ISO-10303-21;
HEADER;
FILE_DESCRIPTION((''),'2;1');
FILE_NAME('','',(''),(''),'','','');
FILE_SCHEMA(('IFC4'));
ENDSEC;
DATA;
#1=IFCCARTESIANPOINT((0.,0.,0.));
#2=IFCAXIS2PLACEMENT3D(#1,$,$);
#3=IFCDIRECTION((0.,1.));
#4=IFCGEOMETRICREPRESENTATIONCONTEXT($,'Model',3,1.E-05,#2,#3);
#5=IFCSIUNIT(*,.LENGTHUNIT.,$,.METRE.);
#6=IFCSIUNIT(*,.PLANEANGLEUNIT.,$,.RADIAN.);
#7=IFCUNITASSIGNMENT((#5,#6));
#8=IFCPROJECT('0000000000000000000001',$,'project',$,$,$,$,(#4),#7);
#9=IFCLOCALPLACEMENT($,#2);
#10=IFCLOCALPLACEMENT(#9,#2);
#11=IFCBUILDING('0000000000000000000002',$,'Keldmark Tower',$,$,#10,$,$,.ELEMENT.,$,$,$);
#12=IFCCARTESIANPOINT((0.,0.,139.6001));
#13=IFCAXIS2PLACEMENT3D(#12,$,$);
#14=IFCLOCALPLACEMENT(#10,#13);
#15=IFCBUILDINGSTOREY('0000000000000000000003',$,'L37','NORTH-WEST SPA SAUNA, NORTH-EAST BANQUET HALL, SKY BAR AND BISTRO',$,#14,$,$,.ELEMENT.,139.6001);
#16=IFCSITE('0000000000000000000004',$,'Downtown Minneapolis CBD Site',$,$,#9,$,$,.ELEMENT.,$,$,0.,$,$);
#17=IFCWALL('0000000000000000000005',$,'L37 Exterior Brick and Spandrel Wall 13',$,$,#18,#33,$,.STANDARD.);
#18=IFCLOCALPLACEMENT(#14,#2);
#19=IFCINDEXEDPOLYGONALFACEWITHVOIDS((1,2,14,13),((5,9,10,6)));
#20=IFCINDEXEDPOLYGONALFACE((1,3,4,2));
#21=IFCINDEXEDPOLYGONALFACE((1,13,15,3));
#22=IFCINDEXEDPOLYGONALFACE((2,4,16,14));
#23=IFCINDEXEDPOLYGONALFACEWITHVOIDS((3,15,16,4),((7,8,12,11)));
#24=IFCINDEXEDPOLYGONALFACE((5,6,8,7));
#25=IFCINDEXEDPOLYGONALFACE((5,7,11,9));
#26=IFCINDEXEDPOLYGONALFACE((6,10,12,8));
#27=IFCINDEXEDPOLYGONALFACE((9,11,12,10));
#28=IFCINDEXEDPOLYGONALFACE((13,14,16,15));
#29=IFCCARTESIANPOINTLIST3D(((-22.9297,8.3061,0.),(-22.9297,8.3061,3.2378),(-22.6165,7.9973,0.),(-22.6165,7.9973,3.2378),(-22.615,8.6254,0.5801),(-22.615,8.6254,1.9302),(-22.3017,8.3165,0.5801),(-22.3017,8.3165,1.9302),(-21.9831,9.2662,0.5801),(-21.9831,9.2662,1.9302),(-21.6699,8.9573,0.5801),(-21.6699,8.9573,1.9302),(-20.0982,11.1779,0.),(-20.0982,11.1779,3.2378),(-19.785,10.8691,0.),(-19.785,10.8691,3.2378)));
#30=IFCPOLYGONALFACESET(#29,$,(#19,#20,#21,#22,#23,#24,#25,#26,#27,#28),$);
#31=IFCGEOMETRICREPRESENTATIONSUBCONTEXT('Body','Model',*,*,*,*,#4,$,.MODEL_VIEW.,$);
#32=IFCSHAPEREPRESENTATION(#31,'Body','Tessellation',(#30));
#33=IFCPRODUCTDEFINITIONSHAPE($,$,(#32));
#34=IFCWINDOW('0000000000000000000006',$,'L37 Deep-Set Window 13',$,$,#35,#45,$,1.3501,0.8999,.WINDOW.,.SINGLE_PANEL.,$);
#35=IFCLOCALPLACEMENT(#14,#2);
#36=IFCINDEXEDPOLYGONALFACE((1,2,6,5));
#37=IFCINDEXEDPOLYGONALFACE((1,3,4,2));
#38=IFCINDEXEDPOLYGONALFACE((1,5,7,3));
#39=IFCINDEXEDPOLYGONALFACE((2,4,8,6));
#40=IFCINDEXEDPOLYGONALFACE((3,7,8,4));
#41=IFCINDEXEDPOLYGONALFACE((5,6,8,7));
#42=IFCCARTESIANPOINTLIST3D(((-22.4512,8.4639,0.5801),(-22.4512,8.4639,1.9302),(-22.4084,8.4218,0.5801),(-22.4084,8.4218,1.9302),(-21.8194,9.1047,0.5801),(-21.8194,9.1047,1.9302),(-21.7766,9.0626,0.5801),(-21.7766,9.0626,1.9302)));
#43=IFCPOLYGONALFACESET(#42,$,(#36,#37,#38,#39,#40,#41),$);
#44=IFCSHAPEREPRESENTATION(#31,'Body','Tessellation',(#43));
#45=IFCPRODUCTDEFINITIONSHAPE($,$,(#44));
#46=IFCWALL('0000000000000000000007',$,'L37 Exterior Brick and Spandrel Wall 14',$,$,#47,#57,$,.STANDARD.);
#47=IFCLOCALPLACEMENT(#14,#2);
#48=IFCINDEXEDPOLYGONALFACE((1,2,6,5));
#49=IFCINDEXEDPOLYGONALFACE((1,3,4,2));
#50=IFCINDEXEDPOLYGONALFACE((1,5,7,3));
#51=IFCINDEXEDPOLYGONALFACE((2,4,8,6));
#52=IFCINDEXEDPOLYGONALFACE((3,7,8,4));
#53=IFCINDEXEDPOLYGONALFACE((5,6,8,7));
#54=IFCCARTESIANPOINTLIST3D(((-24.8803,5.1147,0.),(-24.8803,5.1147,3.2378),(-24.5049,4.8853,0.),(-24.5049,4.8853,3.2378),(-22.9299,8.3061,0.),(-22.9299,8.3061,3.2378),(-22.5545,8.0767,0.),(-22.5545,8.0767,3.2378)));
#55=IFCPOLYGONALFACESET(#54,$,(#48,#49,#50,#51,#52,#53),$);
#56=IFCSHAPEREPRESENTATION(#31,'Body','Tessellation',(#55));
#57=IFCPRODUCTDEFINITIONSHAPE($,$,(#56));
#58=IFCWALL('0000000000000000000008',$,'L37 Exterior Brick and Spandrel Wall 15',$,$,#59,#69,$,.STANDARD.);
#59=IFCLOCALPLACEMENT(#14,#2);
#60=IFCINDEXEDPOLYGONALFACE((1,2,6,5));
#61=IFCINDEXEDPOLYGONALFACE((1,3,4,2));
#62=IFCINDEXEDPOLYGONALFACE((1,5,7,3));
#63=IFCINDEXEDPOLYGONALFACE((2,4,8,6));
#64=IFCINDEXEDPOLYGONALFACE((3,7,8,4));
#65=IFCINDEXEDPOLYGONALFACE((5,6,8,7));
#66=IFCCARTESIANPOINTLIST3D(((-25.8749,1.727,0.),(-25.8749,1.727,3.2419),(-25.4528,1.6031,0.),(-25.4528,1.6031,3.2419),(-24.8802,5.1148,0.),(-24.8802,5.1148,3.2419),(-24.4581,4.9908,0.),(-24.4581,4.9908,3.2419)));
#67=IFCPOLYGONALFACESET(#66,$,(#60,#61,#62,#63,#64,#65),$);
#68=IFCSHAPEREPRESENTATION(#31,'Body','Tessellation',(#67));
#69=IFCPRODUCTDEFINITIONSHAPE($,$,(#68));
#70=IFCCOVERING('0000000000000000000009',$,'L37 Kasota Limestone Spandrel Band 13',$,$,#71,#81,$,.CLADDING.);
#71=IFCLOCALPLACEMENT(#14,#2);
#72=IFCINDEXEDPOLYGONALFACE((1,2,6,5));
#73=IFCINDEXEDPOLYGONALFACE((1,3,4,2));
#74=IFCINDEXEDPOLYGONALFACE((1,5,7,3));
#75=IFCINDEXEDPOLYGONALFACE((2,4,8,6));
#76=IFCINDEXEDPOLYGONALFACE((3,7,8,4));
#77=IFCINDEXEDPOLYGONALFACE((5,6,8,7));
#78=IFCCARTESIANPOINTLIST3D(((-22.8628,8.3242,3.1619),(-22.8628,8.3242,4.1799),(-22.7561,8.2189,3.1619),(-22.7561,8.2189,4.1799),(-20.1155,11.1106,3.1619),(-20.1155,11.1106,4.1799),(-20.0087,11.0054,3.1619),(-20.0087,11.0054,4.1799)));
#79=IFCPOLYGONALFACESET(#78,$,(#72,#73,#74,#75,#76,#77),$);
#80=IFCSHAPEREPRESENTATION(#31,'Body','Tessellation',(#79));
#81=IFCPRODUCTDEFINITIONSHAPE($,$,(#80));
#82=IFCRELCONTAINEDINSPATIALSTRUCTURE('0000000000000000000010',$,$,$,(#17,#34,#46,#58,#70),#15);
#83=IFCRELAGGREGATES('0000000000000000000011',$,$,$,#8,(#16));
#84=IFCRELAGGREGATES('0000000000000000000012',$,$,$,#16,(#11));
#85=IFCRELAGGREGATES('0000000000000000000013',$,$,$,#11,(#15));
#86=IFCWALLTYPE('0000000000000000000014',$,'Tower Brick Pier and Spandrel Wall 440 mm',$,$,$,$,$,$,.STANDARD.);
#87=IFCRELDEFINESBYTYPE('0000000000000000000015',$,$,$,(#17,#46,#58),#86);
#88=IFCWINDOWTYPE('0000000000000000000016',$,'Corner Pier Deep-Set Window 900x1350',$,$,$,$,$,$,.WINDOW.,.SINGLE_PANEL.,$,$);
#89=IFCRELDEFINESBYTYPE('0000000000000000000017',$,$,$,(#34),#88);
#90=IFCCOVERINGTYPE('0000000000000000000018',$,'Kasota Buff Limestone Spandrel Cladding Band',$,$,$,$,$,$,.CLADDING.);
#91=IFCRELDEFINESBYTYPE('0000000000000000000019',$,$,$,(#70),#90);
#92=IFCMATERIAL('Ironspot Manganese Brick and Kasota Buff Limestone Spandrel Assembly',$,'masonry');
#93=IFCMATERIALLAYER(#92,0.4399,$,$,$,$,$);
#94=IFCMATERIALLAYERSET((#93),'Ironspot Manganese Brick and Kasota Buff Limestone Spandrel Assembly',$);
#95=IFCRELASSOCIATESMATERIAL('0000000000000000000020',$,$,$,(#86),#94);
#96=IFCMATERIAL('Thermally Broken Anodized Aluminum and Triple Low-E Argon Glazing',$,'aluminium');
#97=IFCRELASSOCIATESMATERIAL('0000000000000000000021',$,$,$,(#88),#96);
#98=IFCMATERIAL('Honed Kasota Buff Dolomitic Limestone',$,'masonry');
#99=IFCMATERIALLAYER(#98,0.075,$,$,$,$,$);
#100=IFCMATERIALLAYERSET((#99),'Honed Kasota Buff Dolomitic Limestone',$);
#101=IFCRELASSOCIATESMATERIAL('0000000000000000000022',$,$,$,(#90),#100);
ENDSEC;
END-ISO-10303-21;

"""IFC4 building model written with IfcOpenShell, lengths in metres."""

from ifc_helpers import new_model, si_unit, direction, frame, frame_2d, origin, origin_2d, place, context, subcontext, project, spatial, rectangle, extrude, material, layer, layer_set, type_object, element, fill, save


model = new_model("IFC4")

# Units and contexts
model_context = context("Model", 3, precision=1e-05, world=origin(), true_north=direction((0.0, 1.0)))
body_context = subcontext(model_context, "Body", "Model", "MODEL_VIEW")
ifc_project = project(units=[si_unit("LENGTHUNIT", "METRE"), si_unit("PLANEANGLEUNIT", "RADIAN")], contexts=[model_context])

# Site, building, storey
site_placement = place(None, origin())
site = spatial("IfcSite", under=ifc_project, at=site_placement, Name="Downtown Minneapolis CBD Site", CompositionType="ELEMENT", RefElevation=0.0)
building_placement = place(site_placement, origin())
building = spatial("IfcBuilding", under=site, at=building_placement, Name="Keldmark Tower", CompositionType="ELEMENT")
storey_placement = place(building_placement, frame((0.0, 0.0, 139.6001)))
storey = spatial("IfcBuildingStorey", under=building, at=storey_placement, Name="L37", Description="NORTH-WEST SPA SAUNA, NORTH-EAST BANQUET HALL, SKY BAR AND BISTRO", CompositionType="ELEMENT", Elevation=139.6001)

# Wall, opening, window
ifc_material_1 = material(Name="Ironspot Manganese Brick and Kasota Buff Limestone Spandrel Assembly", Category="masonry")
ifc_layer_1 = layer(ifc_material_1, 0.4399)
ifc_layer_set_1 = layer_set([ifc_layer_1], Name="Ironspot Manganese Brick and Kasota Buff Limestone Spandrel Assembly")
wall_type_1 = type_object("IfcWallType", Name="Tower Brick Pier and Spandrel Wall 440 mm", PredefinedType="STANDARD", material=ifc_layer_set_1)
wall_1_placement = place(storey_placement, frame((-22.7732, 8.1516, 0.0), z_axis=(0.0, 0.0, 1.0), x_axis=(0.702095, 0.712083, 0.0)))
wall_1 = element("IfcWall", 1, at=wall_1_placement, inside=storey, type_object=wall_type_1, Name="L37 Exterior Brick and Spandrel Wall 13", PredefinedType="STANDARD", context=body_context, shape_type="SweptSolid", body=[
    extrude(rectangle(XDim=4.033, YDim=0.4399, at=frame_2d((2.0166, 0.0))), origin(), (0.0, 0.0, 1.0), 3.2378),
])
opening_1_placement = place(wall_1_placement, frame((0.4485, 0.0, 0.5801)))
opening_1 = element("IfcOpeningElement", 2, at=opening_1_placement, cuts=wall_1, PredefinedType="OPENING", context=body_context, shape_type="SweptSolid", body=[
    extrude(rectangle(XDim=0.8999, YDim=1.3501, at=frame_2d((0.45, 0.675))), frame((0.0, 0.23, 0.0), z_axis=(0.0, -1.0, 0.0), x_axis=(1.0, 0.0, 0.0)), (0.0, 0.0, 1.0), 0.46),
])
ifc_material_2 = material(Name="Thermally Broken Anodized Aluminum and Triple Low-E Argon Glazing", Category="aluminium")
window_type_1 = type_object("IfcWindowType", Name="Corner Pier Deep-Set Window 900x1350", PartitioningType="SINGLE_PANEL", PredefinedType="WINDOW", material=ifc_material_2)
window_1_placement = place(opening_1_placement, origin())
window_1 = element("IfcWindow", 3, at=window_1_placement, inside=storey, type_object=window_type_1, Name="L37 Deep-Set Window 13", OverallHeight=1.3501, OverallWidth=0.8999, PartitioningType="SINGLE_PANEL", PredefinedType="WINDOW", context=body_context, shape_type="SweptSolid", body=[
    extrude(rectangle(XDim=0.8999, YDim=1.3501, at=frame_2d((0.45, 0.675))), frame((0.0, -0.01, 0.0), z_axis=(0.0, -1.0, 0.0), x_axis=(1.0, 0.0, 0.0)), (0.0, 0.0, 1.0), 0.0601),
])
fill(opening_1, window_1)

# Walls
wall_2_placement = place(storey_placement, frame((-24.6926, 5.0, 0.0), z_axis=(0.0, 0.0, 1.0), x_axis=(0.521476, 0.853266, 0.0)))
element("IfcWall", 4, at=wall_2_placement, inside=storey, type_object=wall_type_1, Name="L37 Exterior Brick and Spandrel Wall 14", PredefinedType="STANDARD", context=body_context, shape_type="SweptSolid", body=[
    extrude(rectangle(XDim=3.7402, YDim=0.4399, at=frame_2d((1.8701, 0.0))), origin(), (0.0, 0.0, 1.0), 3.2378),
])
wall_3_placement = place(storey_placement, frame((-25.6638, 1.665, 0.0), z_axis=(0.0, 0.0, 1.0), x_axis=(0.28171, 0.9595, 0.0)))
element("IfcWall", 5, at=wall_3_placement, inside=storey, type_object=wall_type_1, Name="L37 Exterior Brick and Spandrel Wall 15", PredefinedType="STANDARD", context=body_context, shape_type="SweptSolid", body=[
    extrude(rectangle(XDim=3.5308, YDim=0.4399, at=frame_2d((1.7654, 0.0))), origin(), (0.0, 0.0, 1.0), 3.2419),
])

# Covering
ifc_material_3 = material(Name="Honed Kasota Buff Dolomitic Limestone", Category="masonry")
ifc_layer_2 = layer(ifc_material_3, 0.075)
ifc_layer_set_2 = layer_set([ifc_layer_2], Name="Honed Kasota Buff Dolomitic Limestone")
covering_type = type_object("IfcCoveringType", Name="Kasota Buff Limestone Spandrel Cladding Band", PredefinedType="CLADDING", material=ifc_layer_set_2)
covering_placement = place(storey_placement, frame((-21.4358, 9.6648, 3.1619), z_axis=(0.0, 0.0, 1.0), x_axis=(-0.702091, -0.712087, 0.0)))
element("IfcCovering", 6, at=covering_placement, inside=storey, type_object=covering_type, Name="L37 Kasota Limestone Spandrel Band 13", PredefinedType="CLADDING", context=body_context, shape_type="SweptSolid", body=[
    extrude(rectangle(XDim=3.9131, YDim=0.1499, at=origin_2d()), origin(), (0.0, 0.0, 1.0), 1.0181),
])

save(model, "model.ifc")
